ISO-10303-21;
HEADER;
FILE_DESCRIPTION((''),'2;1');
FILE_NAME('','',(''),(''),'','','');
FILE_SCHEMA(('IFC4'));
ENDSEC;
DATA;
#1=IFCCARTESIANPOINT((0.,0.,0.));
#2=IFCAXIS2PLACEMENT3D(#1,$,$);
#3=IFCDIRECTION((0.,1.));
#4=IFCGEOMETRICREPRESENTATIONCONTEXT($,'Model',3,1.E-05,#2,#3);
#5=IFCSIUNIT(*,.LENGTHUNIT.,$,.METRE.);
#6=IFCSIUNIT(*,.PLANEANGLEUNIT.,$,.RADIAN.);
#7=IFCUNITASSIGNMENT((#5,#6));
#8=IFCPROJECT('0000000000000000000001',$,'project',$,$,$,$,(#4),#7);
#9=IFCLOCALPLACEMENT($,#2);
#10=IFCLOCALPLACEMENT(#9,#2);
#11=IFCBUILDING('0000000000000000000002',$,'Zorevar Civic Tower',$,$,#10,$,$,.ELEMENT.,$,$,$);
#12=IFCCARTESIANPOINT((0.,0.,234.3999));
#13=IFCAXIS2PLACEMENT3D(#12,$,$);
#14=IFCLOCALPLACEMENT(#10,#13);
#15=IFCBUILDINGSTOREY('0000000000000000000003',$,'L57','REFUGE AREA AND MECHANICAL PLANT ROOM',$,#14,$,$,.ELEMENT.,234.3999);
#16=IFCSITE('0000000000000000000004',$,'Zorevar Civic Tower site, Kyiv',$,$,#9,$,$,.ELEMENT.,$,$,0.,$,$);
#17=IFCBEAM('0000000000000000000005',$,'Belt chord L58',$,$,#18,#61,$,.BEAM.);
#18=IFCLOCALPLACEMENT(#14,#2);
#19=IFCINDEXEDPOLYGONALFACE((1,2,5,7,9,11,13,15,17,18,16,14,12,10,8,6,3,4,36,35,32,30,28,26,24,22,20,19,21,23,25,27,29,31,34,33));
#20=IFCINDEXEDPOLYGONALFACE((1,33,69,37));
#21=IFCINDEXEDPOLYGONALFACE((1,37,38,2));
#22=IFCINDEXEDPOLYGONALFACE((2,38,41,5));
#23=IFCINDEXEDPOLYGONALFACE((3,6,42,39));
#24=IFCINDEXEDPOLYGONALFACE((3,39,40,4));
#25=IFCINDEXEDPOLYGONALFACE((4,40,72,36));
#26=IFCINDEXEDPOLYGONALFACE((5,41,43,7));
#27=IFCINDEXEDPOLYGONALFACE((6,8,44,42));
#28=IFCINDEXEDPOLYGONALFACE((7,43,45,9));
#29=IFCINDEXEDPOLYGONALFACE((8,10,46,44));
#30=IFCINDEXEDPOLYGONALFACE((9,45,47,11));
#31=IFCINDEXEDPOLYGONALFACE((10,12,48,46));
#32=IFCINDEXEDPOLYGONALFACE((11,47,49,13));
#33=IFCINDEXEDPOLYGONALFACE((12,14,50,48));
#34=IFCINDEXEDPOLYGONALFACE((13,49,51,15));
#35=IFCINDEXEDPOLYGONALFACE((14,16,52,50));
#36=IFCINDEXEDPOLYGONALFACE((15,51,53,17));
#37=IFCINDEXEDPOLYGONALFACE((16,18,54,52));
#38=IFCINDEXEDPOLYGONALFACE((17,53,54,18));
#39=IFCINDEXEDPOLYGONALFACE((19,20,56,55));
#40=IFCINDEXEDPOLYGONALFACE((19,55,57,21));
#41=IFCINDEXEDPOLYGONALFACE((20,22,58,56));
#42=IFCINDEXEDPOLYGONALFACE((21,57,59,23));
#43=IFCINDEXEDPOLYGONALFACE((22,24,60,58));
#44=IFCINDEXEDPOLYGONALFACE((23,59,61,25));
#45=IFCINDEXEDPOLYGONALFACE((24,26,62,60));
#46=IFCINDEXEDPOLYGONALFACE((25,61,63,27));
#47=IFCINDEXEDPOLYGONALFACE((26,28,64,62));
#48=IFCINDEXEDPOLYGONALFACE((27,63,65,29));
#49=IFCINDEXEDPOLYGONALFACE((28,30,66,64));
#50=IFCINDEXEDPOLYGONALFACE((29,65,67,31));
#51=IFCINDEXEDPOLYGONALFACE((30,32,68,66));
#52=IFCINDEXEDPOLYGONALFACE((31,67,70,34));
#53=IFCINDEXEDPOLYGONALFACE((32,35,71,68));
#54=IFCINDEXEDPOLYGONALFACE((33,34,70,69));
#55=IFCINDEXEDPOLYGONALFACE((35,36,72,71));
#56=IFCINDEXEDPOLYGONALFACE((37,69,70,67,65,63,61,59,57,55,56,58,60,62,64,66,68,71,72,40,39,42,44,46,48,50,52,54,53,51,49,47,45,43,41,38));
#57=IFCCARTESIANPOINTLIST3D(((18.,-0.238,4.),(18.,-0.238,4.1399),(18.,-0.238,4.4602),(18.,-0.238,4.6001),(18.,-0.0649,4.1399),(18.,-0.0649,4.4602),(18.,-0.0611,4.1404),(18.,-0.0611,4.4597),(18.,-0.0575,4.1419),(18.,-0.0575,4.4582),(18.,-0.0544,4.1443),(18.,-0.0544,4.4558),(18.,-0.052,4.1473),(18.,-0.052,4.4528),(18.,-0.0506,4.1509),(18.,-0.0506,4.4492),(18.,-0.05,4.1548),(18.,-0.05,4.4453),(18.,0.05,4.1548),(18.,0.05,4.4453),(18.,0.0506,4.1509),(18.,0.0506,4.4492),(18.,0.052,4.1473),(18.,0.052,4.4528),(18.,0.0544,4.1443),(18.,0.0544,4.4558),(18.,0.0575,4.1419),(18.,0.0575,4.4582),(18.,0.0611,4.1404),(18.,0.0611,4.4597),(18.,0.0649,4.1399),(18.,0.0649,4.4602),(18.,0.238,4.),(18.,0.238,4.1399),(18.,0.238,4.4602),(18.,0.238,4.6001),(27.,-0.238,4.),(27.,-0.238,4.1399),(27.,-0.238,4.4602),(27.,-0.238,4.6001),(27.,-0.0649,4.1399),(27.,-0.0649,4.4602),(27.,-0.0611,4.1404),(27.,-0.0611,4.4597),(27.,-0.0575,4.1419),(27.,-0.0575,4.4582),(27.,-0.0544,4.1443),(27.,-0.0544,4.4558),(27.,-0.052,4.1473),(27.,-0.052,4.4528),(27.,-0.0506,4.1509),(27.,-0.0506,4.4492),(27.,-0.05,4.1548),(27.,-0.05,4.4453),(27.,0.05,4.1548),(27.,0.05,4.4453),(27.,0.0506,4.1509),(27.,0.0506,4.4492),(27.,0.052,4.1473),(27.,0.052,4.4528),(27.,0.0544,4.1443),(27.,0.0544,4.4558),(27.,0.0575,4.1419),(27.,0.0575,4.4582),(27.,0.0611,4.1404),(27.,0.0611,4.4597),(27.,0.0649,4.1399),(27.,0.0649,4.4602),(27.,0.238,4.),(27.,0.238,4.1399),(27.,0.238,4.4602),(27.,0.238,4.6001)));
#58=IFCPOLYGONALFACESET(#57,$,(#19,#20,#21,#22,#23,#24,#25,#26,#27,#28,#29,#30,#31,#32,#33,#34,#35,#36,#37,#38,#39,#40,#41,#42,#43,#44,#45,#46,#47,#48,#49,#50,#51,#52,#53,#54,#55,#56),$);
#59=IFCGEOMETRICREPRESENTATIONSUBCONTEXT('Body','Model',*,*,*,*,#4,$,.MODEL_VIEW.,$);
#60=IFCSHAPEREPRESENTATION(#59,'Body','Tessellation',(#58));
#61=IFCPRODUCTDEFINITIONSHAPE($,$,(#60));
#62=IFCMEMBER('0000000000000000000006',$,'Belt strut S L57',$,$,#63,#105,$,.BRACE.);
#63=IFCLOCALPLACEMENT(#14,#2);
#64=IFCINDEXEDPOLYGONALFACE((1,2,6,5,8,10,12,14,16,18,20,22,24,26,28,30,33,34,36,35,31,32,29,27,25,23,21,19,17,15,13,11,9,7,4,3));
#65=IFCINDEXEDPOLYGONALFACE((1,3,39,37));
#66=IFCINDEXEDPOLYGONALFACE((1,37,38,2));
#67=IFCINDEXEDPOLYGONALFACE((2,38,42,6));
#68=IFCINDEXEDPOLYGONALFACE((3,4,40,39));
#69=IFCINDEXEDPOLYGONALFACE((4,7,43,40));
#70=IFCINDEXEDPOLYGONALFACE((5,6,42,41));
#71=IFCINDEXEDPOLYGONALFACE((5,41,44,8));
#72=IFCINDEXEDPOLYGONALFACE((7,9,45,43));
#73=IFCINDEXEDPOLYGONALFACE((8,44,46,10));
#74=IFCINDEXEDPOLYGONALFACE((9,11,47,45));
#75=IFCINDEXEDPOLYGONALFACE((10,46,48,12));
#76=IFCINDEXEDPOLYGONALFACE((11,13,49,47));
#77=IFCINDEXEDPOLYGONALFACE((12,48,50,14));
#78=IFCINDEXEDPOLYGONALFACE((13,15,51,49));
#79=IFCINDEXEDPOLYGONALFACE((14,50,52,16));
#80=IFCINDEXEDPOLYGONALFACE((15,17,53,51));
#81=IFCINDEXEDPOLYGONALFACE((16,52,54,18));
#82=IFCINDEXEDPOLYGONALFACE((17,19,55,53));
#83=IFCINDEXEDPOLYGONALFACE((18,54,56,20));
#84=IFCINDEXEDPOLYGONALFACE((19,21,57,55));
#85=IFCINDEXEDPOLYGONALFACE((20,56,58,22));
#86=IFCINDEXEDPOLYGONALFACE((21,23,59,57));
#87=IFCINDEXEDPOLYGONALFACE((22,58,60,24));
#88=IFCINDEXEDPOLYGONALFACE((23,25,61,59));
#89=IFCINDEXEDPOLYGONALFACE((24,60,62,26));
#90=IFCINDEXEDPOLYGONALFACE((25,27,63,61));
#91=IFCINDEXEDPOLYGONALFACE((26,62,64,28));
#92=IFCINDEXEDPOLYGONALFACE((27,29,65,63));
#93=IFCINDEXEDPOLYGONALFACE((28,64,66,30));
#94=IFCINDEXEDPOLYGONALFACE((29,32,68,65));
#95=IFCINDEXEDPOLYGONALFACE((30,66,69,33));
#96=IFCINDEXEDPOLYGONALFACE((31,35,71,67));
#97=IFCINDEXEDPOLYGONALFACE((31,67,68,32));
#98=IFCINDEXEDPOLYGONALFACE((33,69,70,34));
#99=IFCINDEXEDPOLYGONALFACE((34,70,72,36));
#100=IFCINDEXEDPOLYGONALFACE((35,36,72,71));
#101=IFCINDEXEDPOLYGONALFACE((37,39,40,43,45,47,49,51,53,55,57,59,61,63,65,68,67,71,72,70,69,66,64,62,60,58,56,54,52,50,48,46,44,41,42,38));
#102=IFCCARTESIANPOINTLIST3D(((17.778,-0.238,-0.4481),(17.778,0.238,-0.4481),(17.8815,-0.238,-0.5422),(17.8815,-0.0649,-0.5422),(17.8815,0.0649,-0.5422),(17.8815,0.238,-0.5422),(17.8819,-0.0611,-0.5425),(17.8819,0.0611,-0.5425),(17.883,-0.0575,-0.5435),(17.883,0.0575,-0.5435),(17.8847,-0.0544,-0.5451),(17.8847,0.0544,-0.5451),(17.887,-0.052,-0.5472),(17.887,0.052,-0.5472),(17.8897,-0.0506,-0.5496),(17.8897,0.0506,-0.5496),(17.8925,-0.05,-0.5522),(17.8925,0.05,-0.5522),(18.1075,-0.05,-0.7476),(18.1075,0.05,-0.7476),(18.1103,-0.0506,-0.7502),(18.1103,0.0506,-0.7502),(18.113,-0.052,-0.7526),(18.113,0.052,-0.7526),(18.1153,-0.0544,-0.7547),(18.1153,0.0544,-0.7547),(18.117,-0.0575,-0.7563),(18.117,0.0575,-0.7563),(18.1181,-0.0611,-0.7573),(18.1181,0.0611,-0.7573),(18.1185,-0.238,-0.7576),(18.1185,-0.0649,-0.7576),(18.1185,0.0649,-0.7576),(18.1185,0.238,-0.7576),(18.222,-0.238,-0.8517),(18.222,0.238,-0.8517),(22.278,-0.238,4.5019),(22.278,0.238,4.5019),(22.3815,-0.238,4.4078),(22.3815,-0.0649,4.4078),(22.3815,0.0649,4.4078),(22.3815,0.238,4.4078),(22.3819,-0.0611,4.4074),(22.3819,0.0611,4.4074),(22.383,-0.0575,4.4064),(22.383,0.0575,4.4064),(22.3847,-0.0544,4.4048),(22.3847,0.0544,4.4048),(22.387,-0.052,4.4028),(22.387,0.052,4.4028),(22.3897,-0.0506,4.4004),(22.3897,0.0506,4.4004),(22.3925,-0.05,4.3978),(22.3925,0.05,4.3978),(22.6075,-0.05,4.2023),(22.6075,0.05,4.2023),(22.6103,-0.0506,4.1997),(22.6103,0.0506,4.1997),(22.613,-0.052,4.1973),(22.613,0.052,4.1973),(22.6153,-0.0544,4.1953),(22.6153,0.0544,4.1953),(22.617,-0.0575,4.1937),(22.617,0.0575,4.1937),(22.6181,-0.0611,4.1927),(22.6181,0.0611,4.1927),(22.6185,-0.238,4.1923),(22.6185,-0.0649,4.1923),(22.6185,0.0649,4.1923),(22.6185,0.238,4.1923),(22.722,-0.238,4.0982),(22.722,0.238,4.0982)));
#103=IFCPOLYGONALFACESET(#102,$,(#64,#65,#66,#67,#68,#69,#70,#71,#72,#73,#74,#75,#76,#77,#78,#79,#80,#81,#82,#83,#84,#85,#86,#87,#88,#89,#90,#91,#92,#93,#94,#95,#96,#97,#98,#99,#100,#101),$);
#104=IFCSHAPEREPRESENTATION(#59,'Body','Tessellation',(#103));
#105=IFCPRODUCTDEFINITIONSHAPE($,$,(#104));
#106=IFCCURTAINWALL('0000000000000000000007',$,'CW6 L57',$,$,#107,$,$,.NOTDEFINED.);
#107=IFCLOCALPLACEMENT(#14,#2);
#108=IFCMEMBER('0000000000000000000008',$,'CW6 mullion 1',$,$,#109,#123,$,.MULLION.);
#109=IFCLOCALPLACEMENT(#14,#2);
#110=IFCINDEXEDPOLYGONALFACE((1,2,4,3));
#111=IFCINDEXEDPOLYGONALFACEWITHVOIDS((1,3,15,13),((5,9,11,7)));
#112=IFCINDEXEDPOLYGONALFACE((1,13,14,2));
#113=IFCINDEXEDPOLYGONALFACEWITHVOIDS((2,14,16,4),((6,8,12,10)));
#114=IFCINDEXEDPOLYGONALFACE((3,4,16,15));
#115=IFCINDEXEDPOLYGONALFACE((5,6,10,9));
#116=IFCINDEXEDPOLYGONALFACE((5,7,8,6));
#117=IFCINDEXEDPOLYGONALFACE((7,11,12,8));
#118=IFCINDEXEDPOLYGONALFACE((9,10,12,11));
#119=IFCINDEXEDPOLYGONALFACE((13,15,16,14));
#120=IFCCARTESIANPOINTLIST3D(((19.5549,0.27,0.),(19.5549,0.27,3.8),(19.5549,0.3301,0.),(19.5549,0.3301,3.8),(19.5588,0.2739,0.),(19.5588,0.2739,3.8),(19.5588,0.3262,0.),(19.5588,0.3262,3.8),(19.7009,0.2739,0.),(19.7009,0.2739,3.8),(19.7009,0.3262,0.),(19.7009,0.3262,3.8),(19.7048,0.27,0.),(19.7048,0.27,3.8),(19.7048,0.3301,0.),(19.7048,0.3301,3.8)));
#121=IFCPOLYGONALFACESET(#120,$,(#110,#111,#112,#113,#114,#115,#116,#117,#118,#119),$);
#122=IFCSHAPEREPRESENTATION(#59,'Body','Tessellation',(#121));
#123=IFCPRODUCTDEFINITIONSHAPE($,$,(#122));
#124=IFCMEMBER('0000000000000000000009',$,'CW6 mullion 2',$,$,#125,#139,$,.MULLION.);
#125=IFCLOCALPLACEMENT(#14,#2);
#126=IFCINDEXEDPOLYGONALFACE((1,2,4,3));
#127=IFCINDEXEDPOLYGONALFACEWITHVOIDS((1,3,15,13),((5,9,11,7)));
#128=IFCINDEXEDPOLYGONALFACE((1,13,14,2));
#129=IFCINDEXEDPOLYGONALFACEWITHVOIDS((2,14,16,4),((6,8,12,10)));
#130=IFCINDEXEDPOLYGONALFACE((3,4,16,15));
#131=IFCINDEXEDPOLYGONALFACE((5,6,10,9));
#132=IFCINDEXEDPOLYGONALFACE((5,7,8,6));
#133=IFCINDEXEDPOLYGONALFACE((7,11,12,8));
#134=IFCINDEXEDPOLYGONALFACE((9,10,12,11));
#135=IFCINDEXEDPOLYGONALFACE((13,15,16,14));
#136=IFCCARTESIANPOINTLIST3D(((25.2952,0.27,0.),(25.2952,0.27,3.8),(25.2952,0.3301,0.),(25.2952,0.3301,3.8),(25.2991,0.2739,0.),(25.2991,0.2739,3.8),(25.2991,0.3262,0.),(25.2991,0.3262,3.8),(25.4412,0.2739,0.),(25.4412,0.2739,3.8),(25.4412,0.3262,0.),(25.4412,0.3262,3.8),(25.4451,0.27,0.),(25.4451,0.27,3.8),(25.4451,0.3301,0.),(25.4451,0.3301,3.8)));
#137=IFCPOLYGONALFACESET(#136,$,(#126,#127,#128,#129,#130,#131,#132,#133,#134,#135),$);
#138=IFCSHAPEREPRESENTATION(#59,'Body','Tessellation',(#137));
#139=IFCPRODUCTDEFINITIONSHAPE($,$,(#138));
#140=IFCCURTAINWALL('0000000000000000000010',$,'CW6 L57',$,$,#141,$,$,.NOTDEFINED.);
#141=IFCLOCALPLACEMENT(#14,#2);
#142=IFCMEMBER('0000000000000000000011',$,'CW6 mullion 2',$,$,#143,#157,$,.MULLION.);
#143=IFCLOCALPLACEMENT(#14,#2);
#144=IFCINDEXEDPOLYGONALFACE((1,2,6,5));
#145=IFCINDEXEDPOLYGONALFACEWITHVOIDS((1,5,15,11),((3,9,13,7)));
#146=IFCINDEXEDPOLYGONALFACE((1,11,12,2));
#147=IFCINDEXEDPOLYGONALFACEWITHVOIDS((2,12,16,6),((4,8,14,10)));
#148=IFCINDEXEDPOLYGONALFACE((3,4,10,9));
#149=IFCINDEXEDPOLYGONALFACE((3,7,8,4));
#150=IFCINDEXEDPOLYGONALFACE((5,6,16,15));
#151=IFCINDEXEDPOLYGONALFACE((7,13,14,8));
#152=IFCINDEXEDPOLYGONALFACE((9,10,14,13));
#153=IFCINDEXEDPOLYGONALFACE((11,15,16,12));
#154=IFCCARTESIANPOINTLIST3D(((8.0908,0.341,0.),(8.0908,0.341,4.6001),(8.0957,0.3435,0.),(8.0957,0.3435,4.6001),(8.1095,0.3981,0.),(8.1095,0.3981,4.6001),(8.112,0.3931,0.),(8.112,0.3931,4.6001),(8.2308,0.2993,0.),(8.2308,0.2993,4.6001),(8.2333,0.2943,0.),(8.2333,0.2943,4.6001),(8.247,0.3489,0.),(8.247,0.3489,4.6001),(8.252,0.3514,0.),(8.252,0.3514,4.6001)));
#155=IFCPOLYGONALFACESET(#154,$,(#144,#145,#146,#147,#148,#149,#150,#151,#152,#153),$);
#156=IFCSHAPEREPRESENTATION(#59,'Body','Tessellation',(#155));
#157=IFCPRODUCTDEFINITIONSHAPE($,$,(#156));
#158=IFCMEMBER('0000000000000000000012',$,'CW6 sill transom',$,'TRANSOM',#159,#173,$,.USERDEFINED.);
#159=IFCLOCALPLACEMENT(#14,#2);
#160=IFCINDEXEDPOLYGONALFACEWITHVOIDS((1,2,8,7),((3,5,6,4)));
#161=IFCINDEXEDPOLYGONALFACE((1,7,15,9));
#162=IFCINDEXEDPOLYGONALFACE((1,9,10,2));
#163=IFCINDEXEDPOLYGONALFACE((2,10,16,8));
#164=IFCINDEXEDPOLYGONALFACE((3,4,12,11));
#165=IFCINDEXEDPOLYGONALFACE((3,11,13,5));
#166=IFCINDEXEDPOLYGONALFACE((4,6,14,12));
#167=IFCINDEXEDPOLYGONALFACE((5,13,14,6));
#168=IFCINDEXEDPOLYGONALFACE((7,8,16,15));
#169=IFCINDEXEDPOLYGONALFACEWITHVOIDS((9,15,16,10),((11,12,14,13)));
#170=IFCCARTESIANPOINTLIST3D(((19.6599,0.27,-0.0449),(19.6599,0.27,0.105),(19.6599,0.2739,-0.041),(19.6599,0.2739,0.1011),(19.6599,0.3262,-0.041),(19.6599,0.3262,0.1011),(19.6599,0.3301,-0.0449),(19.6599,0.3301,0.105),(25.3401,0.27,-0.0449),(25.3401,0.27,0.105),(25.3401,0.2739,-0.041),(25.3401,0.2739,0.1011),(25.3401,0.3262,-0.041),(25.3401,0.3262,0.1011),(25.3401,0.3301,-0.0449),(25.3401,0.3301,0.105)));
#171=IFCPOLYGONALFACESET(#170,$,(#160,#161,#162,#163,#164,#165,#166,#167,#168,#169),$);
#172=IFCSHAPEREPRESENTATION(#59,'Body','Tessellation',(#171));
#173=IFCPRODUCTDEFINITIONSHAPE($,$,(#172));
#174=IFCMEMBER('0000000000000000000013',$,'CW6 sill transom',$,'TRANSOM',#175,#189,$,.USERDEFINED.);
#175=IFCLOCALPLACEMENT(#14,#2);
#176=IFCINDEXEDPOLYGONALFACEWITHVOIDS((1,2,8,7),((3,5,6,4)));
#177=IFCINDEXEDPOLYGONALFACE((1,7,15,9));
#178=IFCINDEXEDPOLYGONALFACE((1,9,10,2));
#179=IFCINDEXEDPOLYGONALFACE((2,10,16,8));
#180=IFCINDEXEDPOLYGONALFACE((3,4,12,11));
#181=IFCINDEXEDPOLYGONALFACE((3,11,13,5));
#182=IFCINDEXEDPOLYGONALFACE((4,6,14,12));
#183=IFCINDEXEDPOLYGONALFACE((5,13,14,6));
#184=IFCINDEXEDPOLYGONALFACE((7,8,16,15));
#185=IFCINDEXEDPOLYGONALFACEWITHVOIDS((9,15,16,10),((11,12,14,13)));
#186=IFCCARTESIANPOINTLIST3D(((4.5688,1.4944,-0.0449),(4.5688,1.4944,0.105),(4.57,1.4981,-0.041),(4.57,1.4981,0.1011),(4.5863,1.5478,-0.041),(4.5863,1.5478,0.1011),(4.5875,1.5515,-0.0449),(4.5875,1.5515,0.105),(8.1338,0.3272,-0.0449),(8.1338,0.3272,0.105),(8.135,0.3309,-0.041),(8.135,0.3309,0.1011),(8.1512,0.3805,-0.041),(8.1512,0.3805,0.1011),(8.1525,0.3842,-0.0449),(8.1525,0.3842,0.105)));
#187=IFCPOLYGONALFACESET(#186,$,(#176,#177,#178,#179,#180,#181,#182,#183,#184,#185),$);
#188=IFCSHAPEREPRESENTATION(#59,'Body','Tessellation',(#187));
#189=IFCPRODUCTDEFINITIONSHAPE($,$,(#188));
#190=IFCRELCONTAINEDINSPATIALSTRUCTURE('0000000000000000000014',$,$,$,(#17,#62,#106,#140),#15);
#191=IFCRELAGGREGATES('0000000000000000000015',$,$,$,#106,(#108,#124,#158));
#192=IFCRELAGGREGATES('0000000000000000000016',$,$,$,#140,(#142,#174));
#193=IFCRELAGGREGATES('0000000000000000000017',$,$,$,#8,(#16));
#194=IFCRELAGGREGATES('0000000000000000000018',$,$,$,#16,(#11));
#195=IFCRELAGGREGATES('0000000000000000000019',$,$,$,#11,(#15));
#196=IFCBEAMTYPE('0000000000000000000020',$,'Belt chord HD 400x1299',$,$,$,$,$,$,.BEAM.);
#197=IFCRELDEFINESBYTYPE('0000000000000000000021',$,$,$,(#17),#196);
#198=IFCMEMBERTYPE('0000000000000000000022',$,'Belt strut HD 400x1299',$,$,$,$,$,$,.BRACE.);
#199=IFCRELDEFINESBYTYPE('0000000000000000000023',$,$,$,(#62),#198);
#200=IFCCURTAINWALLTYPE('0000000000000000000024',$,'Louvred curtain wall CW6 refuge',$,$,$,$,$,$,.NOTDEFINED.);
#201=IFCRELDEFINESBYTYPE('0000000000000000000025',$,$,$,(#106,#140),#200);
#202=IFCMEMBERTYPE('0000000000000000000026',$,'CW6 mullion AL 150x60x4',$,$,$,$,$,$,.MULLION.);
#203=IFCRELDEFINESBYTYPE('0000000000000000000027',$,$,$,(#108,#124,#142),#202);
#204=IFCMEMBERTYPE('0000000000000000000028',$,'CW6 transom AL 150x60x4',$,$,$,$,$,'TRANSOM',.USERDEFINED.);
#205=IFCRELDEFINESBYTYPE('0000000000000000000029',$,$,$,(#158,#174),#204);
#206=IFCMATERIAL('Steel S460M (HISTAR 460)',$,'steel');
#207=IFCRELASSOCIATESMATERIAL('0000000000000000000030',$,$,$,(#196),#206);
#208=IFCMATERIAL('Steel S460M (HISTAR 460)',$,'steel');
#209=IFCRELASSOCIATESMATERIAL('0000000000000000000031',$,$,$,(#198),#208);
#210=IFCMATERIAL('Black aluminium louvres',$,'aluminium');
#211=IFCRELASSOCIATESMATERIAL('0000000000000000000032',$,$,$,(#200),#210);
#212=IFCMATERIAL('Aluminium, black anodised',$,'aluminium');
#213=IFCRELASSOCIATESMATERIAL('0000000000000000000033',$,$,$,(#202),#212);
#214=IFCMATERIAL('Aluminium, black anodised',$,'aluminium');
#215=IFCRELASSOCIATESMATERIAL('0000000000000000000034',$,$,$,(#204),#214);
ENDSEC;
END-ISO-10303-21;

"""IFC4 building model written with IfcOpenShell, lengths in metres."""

from ifc_helpers import new_model, si_unit, direction, frame, origin, origin_2d, place, context, subcontext, project, spatial, hollow_rectangle, i_section, extrude, material, material_profile, profile_set, type_object, element, aggregate, save


model = new_model("IFC4")

# Units and contexts
model_context = context("Model", 3, precision=1e-05, world=origin(), true_north=direction((0.0, 1.0)))
body_context = subcontext(model_context, "Body", "Model", "MODEL_VIEW")
ifc_project = project(units=[si_unit("LENGTHUNIT", "METRE"), si_unit("PLANEANGLEUNIT", "RADIAN")], contexts=[model_context])

# Site, building, storey
site_placement = place(None, origin())
site = spatial("IfcSite", under=ifc_project, at=site_placement, Name="Zorevar Civic Tower site, Kyiv", CompositionType="ELEMENT", RefElevation=0.0)
building_placement = place(site_placement, origin())
building = spatial("IfcBuilding", under=site, at=building_placement, Name="Zorevar Civic Tower", CompositionType="ELEMENT")
storey_placement = place(building_placement, frame((0.0, 0.0, 234.3999)))
storey = spatial("IfcBuildingStorey", under=building, at=storey_placement, Name="L57", Description="REFUGE AREA AND MECHANICAL PLANT ROOM", CompositionType="ELEMENT", Elevation=234.3999)

# Beam
ifc_material_1 = material(Name="Steel S460M (HISTAR 460)", Category="steel")
ifc_material_profile_1 = material_profile(ifc_material_1, i_section(OverallWidth=0.4761, OverallDepth=0.6001, WebThickness=0.1001, FlangeThickness=0.1399, FilletRadius=0.0149, at=origin_2d()), Name="HD 400x1299")
ifc_profile_set_1 = profile_set([ifc_material_profile_1], Name="Steel S460M (HISTAR 460)")
beam_type_1 = type_object("IfcBeamType", Name="Belt chord HD 400x1299", PredefinedType="BEAM", material=ifc_profile_set_1)
beam_1_placement = place(storey_placement, frame((18.0, 0.0, 4.3), z_axis=(1.0, 0.0, 0.0), x_axis=(0.0, 1.0, 0.0)))
element("IfcBeam", 1, at=beam_1_placement, inside=storey, type_object=beam_type_1, Name="Belt chord L58", PredefinedType="BEAM", context=body_context, shape_type="SweptSolid", body=[
    extrude(i_section(OverallWidth=0.4761, OverallDepth=0.6001, WebThickness=0.1001, FlangeThickness=0.1399, FilletRadius=0.0149, at=origin_2d()), origin(), (0.0, 0.0, 1.0), 9.0),
])

# Member
ifc_material_2 = material(Name="Steel S460M (HISTAR 460)", Category="steel")
ifc_material_profile_2 = material_profile(ifc_material_2, i_section(OverallWidth=0.4761, OverallDepth=0.6001, WebThickness=0.1001, FlangeThickness=0.1399, FilletRadius=0.0149, at=origin_2d()), Name="HD 400x1299")
ifc_profile_set_2 = profile_set([ifc_material_profile_2], Name="Steel S460M (HISTAR 460)")
member_type_1 = type_object("IfcMemberType", Name="Belt strut HD 400x1299", PredefinedType="BRACE", material=ifc_profile_set_2)
member_1_placement = place(storey_placement, frame((18.0, 0.0, -0.6499), z_axis=(0.672676, 0.0, 0.739937), x_axis=(0.0, 1.0, 0.0)))
element("IfcMember", 2, at=member_1_placement, inside=storey, type_object=member_type_1, Name="Belt strut S L57", PredefinedType="BRACE", context=body_context, shape_type="SweptSolid", body=[
    extrude(i_section(OverallWidth=0.4761, OverallDepth=0.6001, WebThickness=0.1001, FlangeThickness=0.1399, FilletRadius=0.0149, at=origin_2d()), origin(), (0.0, 0.0, 1.0), 6.6897),
])

# Curtain wall, members
ifc_material_3 = material(Name="Black aluminium louvres", Category="aluminium")
curtain_wall_type = type_object("IfcCurtainWallType", Name="Louvred curtain wall CW6 refuge", PredefinedType="NOTDEFINED", material=ifc_material_3)
curtain_wall_1_placement = place(storey_placement, origin())
curtain_wall_1 = element("IfcCurtainWall", 3, at=curtain_wall_1_placement, inside=storey, type_object=curtain_wall_type, Name="CW6 L57", PredefinedType="NOTDEFINED")
ifc_material_4 = material(Name="Aluminium, black anodised", Category="aluminium")
ifc_material_profile_3 = material_profile(ifc_material_4, hollow_rectangle(XDim=0.0601, YDim=0.1499, WallThickness=0.0039, at=origin_2d()), Name="AL 150x60x4")
ifc_profile_set_3 = profile_set([ifc_material_profile_3], Name="Aluminium, black anodised")
member_type_2 = type_object("IfcMemberType", Name="CW6 mullion AL 150x60x4", PredefinedType="MULLION", material=ifc_profile_set_3)
member_2_placement = place(storey_placement, frame((19.6299, 0.3, 0.0), z_axis=(0.0, 0.0, 1.0), x_axis=(0.0, 1.0, 0.0)))
member_2 = element("IfcMember", 4, at=member_2_placement, type_object=member_type_2, Name="CW6 mullion 1", PredefinedType="MULLION", context=body_context, shape_type="SweptSolid", body=[
    extrude(hollow_rectangle(XDim=0.0601, YDim=0.1499, WallThickness=0.0039, at=origin_2d()), origin(), (0.0, 0.0, 1.0), 3.8),
])
member_3_placement = place(storey_placement, frame((25.3701, 0.3, 0.0), z_axis=(0.0, 0.0, 1.0), x_axis=(0.0, 1.0, 0.0)))
member_3 = element("IfcMember", 5, at=member_3_placement, type_object=member_type_2, Name="CW6 mullion 2", PredefinedType="MULLION", context=body_context, shape_type="SweptSolid", body=[
    extrude(hollow_rectangle(XDim=0.0601, YDim=0.1499, WallThickness=0.0039, at=origin_2d()), origin(), (0.0, 0.0, 1.0), 3.8),
])

# Curtain wall, member
curtain_wall_2_placement = place(storey_placement, origin())
curtain_wall_2 = element("IfcCurtainWall", 6, at=curtain_wall_2_placement, inside=storey, type_object=curtain_wall_type, Name="CW6 L57", PredefinedType="NOTDEFINED")
member_4_placement = place(storey_placement, frame((8.1714, 0.3462, 0.0), z_axis=(0.0, 0.0, 1.0), x_axis=(0.311169, 0.950354, 0.0)))
member_4 = element("IfcMember", 7, at=member_4_placement, type_object=member_type_2, Name="CW6 mullion 2", PredefinedType="MULLION", context=body_context, shape_type="SweptSolid", body=[
    extrude(hollow_rectangle(XDim=0.0601, YDim=0.1499, WallThickness=0.0039, at=origin_2d()), origin(), (0.0, 0.0, 1.0), 4.6001),
])

# Members
ifc_material_5 = material(Name="Aluminium, black anodised", Category="aluminium")
ifc_material_profile_4 = material_profile(ifc_material_5, hollow_rectangle(XDim=0.0601, YDim=0.1499, WallThickness=0.0039, at=origin_2d()), Name="AL 150x60x4")
ifc_profile_set_4 = profile_set([ifc_material_profile_4], Name="Aluminium, black anodised")
member_type_3 = type_object("IfcMemberType", Name="CW6 transom AL 150x60x4", ElementType="TRANSOM", PredefinedType="USERDEFINED", material=ifc_profile_set_4)
member_5_placement = place(storey_placement, frame((19.6599, 0.3, 0.03), z_axis=(1.0, 0.0, 0.0), x_axis=(0.0, 1.0, 0.0)))
member_5 = element("IfcMember", 8, at=member_5_placement, type_object=member_type_3, Name="CW6 sill transom", ObjectType="TRANSOM", PredefinedType="USERDEFINED", context=body_context, shape_type="SweptSolid", body=[
    extrude(hollow_rectangle(XDim=0.0601, YDim=0.1499, WallThickness=0.0039, at=origin_2d()), origin(), (0.0, 0.0, 1.0), 5.6802),
])
member_6_placement = place(storey_placement, frame((4.5781, 1.5229, 0.03), z_axis=(0.950355, -0.311166, 0.0), x_axis=(0.311166, 0.950355, 0.0)))
member_6 = element("IfcMember", 9, at=member_6_placement, type_object=member_type_3, Name="CW6 sill transom", ObjectType="TRANSOM", PredefinedType="USERDEFINED", context=body_context, shape_type="SweptSolid", body=[
    extrude(hollow_rectangle(XDim=0.0601, YDim=0.1499, WallThickness=0.0039, at=origin_2d()), origin(), (0.0, 0.0, 1.0), 3.7512),
])

aggregate(curtain_wall_1, [member_2, member_3, member_5])
aggregate(curtain_wall_2, [member_4, member_6])

save(model, "model.ifc")
